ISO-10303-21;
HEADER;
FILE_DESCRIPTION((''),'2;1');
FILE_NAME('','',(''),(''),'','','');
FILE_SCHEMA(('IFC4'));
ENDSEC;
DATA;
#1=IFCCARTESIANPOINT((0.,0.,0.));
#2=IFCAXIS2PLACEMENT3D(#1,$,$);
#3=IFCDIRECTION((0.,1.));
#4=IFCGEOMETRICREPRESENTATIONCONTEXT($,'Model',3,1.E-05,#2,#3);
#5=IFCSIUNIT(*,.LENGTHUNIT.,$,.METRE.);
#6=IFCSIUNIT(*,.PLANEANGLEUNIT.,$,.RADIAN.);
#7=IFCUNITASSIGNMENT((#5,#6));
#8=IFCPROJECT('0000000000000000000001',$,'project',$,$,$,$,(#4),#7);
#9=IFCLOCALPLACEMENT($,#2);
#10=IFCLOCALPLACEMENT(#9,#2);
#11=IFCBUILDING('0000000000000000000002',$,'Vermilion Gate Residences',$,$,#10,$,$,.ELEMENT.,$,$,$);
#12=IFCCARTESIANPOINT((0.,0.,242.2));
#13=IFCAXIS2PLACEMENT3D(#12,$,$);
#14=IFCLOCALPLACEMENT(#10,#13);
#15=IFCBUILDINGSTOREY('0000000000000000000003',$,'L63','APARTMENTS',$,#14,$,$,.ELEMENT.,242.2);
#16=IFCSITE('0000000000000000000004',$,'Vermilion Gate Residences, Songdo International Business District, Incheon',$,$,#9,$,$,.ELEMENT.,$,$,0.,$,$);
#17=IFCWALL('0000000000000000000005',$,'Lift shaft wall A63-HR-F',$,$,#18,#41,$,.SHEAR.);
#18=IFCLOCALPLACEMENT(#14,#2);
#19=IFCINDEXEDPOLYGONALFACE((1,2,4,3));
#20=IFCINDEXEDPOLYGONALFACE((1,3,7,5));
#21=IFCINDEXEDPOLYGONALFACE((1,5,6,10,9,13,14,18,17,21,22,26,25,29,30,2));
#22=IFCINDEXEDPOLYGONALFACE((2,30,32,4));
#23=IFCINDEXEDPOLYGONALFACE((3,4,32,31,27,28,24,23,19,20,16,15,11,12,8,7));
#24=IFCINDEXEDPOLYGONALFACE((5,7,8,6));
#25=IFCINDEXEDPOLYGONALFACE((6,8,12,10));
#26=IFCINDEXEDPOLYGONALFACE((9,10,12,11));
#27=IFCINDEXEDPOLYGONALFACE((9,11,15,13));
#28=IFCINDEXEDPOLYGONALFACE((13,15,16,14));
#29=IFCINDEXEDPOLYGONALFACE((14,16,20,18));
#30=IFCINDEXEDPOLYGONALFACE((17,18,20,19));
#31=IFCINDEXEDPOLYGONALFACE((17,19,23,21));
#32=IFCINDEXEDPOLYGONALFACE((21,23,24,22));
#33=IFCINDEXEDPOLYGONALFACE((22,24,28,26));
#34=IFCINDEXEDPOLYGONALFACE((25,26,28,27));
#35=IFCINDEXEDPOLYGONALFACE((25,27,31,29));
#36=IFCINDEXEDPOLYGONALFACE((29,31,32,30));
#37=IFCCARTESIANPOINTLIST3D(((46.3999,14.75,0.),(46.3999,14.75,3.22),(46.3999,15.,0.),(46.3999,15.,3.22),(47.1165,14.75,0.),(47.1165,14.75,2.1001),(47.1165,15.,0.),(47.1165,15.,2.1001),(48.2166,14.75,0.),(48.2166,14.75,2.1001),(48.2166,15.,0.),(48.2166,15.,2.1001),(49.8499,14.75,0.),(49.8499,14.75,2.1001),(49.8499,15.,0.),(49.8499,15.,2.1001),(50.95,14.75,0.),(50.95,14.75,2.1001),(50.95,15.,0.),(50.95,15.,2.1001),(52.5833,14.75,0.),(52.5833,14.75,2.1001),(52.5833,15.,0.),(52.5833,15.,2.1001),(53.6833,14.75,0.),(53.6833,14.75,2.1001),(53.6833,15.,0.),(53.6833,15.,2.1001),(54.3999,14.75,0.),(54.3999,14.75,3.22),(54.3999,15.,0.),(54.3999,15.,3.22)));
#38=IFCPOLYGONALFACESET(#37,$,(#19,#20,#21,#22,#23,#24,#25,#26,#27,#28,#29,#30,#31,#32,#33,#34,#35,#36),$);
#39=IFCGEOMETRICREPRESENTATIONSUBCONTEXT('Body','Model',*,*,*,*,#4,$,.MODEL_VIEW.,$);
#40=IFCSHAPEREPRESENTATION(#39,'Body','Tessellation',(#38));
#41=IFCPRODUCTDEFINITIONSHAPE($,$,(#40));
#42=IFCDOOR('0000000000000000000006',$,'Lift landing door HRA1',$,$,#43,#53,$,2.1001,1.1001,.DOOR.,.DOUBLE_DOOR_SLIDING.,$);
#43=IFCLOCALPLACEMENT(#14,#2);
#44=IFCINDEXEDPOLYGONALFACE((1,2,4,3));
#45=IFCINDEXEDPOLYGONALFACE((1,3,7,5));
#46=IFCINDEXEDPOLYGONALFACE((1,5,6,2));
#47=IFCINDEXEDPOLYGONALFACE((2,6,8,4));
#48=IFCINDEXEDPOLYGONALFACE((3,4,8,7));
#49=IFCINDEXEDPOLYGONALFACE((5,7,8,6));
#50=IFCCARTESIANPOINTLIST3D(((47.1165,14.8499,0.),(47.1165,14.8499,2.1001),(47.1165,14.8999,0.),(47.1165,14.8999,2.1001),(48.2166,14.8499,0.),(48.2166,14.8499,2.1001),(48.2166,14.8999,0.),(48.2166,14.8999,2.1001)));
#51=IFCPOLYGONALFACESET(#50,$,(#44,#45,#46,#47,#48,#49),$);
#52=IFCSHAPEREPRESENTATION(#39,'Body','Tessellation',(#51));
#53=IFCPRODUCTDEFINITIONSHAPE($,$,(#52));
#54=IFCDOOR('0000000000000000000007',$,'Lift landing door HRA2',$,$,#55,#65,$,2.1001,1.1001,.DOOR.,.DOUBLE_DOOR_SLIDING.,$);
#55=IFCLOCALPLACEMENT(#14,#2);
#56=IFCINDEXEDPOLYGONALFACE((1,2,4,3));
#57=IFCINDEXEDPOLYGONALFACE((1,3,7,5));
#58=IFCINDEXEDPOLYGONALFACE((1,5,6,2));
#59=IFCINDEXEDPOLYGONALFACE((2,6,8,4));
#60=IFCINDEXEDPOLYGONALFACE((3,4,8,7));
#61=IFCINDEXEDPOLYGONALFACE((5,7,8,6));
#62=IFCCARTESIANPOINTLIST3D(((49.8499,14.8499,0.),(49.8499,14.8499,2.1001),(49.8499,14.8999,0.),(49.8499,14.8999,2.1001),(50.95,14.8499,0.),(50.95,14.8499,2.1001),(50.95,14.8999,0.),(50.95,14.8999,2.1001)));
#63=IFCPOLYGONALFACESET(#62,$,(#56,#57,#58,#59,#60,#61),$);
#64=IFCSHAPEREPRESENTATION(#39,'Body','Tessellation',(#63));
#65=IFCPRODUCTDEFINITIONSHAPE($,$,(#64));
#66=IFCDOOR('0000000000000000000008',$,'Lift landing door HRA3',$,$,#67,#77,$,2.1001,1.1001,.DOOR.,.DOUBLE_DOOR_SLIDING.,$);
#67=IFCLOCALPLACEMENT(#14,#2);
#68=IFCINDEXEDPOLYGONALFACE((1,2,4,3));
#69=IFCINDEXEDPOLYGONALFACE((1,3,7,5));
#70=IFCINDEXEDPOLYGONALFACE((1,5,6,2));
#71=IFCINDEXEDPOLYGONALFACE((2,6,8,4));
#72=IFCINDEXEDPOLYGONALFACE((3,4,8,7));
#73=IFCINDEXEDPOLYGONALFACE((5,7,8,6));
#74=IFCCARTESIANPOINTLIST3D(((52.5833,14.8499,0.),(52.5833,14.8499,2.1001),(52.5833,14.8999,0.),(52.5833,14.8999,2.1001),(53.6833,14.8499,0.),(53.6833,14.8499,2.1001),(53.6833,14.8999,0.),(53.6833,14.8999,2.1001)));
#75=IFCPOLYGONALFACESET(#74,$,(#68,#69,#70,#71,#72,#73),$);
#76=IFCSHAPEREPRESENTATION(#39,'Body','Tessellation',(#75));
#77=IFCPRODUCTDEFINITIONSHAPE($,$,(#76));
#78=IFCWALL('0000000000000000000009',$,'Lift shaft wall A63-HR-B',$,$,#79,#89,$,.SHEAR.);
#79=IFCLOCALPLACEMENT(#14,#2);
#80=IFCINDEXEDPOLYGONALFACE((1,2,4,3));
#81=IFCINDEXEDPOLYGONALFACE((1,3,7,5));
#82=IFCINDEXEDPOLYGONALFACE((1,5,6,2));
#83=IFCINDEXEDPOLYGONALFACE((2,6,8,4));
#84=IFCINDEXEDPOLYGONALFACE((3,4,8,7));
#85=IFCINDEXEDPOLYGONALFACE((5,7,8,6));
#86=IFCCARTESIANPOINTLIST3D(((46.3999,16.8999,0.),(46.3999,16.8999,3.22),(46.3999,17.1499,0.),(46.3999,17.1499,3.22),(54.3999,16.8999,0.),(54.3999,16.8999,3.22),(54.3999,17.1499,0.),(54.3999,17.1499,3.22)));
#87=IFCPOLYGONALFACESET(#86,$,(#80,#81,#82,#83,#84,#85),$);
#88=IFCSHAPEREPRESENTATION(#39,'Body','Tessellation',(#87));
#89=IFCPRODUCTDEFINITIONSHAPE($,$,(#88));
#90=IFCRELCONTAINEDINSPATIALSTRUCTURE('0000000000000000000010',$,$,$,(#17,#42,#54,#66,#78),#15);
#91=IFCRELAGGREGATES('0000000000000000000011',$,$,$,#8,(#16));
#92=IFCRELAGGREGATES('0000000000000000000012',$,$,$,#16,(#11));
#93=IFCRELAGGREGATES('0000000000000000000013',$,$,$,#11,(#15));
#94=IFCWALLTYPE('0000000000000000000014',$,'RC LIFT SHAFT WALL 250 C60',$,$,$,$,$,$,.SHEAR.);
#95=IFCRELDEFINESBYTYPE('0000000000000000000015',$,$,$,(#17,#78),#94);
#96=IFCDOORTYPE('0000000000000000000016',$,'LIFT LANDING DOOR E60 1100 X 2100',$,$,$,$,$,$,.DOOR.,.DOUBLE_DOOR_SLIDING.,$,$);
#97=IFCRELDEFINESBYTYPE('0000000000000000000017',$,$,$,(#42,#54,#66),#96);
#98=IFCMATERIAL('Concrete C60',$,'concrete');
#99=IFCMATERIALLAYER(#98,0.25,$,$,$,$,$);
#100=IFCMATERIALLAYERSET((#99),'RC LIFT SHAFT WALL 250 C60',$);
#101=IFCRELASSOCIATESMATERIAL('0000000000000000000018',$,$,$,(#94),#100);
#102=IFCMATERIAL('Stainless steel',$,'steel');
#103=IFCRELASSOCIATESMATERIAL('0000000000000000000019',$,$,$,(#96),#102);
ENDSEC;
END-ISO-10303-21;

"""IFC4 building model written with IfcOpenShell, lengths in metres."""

from ifc_helpers import new_model, si_unit, direction, frame, frame_2d, origin, place, context, subcontext, project, spatial, rectangle, extrude, material, layer, layer_set, type_object, element, fill, save


model = new_model("IFC4")

# Units and contexts
model_context = context("Model", 3, precision=1e-05, world=origin(), true_north=direction((0.0, 1.0)))
body_context = subcontext(model_context, "Body", "Model", "MODEL_VIEW")
ifc_project = project(units=[si_unit("LENGTHUNIT", "METRE"), si_unit("PLANEANGLEUNIT", "RADIAN")], contexts=[model_context])

# Site, building, storey
site_placement = place(None, origin())
site = spatial("IfcSite", under=ifc_project, at=site_placement, Name="Vermilion Gate Residences, Songdo International Business District, Incheon", CompositionType="ELEMENT", RefElevation=0.0)
building_placement = place(site_placement, origin())
building = spatial("IfcBuilding", under=site, at=building_placement, Name="Vermilion Gate Residences", CompositionType="ELEMENT")
storey_placement = place(building_placement, frame((0.0, 0.0, 242.2)))
storey = spatial("IfcBuildingStorey", under=building, at=storey_placement, Name="L63", Description="APARTMENTS", CompositionType="ELEMENT", Elevation=242.2)

# Wall, openings, doors
ifc_material_1 = material(Name="Concrete C60", Category="concrete")
ifc_layer_1 = layer(ifc_material_1, 0.25)
ifc_layer_set_1 = layer_set([ifc_layer_1], Name="RC LIFT SHAFT WALL 250 C60")
wall_type_1 = type_object("IfcWallType", Name="RC LIFT SHAFT WALL 250 C60", PredefinedType="SHEAR", material=ifc_layer_set_1)
wall_1_placement = place(storey_placement, frame((46.3999, 14.875, 0.0), z_axis=(0.0, 0.0, 1.0), x_axis=(1.0, 0.0, 0.0)))
wall_1 = element("IfcWall", 1, at=wall_1_placement, inside=storey, type_object=wall_type_1, Name="Lift shaft wall A63-HR-F", PredefinedType="SHEAR", context=body_context, shape_type="SweptSolid", body=[
    extrude(rectangle(XDim=8.0, YDim=0.25, at=frame_2d((4.0, 0.0))), origin(), (0.0, 0.0, 1.0), 3.22),
])
opening_1_placement = place(wall_1_placement, frame((0.7166, 0.0, 0.0)))
opening_1 = element("IfcOpeningElement", 2, at=opening_1_placement, cuts=wall_1, PredefinedType="OPENING", context=body_context, shape_type="SweptSolid", body=[
    extrude(rectangle(XDim=1.1001, YDim=2.1001, at=frame_2d((0.55, 1.05))), frame((0.0, 0.135, 0.0), z_axis=(0.0, -1.0, 0.0), x_axis=(1.0, 0.0, 0.0)), (0.0, 0.0, 1.0), 0.27),
])
opening_2_placement = place(wall_1_placement, frame((3.45, 0.0, 0.0)))
opening_2 = element("IfcOpeningElement", 3, at=opening_2_placement, cuts=wall_1, PredefinedType="OPENING", context=body_context, shape_type="SweptSolid", body=[
    extrude(rectangle(XDim=1.1001, YDim=2.1001, at=frame_2d((0.55, 1.05))), frame((0.0, 0.135, 0.0), z_axis=(0.0, -1.0, 0.0), x_axis=(1.0, 0.0, 0.0)), (0.0, 0.0, 1.0), 0.27),
])
opening_3_placement = place(wall_1_placement, frame((6.1833, 0.0, 0.0)))
opening_3 = element("IfcOpeningElement", 4, at=opening_3_placement, cuts=wall_1, PredefinedType="OPENING", context=body_context, shape_type="SweptSolid", body=[
    extrude(rectangle(XDim=1.1001, YDim=2.1001, at=frame_2d((0.55, 1.05))), frame((0.0, 0.135, 0.0), z_axis=(0.0, -1.0, 0.0), x_axis=(1.0, 0.0, 0.0)), (0.0, 0.0, 1.0), 0.27),
])
ifc_material_2 = material(Name="Stainless steel", Category="steel")
door_type_1 = type_object("IfcDoorType", Name="LIFT LANDING DOOR E60 1100 X 2100", OperationType="DOUBLE_DOOR_SLIDING", PredefinedType="DOOR", material=ifc_material_2)
door_1_placement = place(opening_1_placement, origin())
door_1 = element("IfcDoor", 5, at=door_1_placement, inside=storey, type_object=door_type_1, Name="Lift landing door HRA1", OperationType="DOUBLE_DOOR_SLIDING", OverallHeight=2.1001, OverallWidth=1.1001, PredefinedType="DOOR", context=body_context, shape_type="SweptSolid", body=[
    extrude(rectangle(XDim=1.1001, YDim=2.1001, at=frame_2d((0.55, 1.05))), frame((0.0, 0.0249, 0.0), z_axis=(0.0, -1.0, 0.0), x_axis=(1.0, 0.0, 0.0)), (0.0, 0.0, 1.0), 0.05),
])
fill(opening_1, door_1)
door_2_placement = place(opening_2_placement, origin())
door_2 = element("IfcDoor", 6, at=door_2_placement, inside=storey, type_object=door_type_1, Name="Lift landing door HRA2", OperationType="DOUBLE_DOOR_SLIDING", OverallHeight=2.1001, OverallWidth=1.1001, PredefinedType="DOOR", context=body_context, shape_type="SweptSolid", body=[
    extrude(rectangle(XDim=1.1001, YDim=2.1001, at=frame_2d((0.55, 1.05))), frame((0.0, 0.0249, 0.0), z_axis=(0.0, -1.0, 0.0), x_axis=(1.0, 0.0, 0.0)), (0.0, 0.0, 1.0), 0.05),
])
fill(opening_2, door_2)
door_3_placement = place(opening_3_placement, origin())
door_3 = element("IfcDoor", 7, at=door_3_placement, inside=storey, type_object=door_type_1, Name="Lift landing door HRA3", OperationType="DOUBLE_DOOR_SLIDING", OverallHeight=2.1001, OverallWidth=1.1001, PredefinedType="DOOR", context=body_context, shape_type="SweptSolid", body=[
    extrude(rectangle(XDim=1.1001, YDim=2.1001, at=frame_2d((0.55, 1.05))), frame((0.0, 0.0249, 0.0), z_axis=(0.0, -1.0, 0.0), x_axis=(1.0, 0.0, 0.0)), (0.0, 0.0, 1.0), 0.05),
])
fill(opening_3, door_3)

# Wall
wall_2_placement = place(storey_placement, frame((46.3999, 17.0249, 0.0), z_axis=(0.0, 0.0, 1.0), x_axis=(1.0, 0.0, 0.0)))
element("IfcWall", 8, at=wall_2_placement, inside=storey, type_object=wall_type_1, Name="Lift shaft wall A63-HR-B", PredefinedType="SHEAR", context=body_context, shape_type="SweptSolid", body=[
    extrude(rectangle(XDim=8.0, YDim=0.25, at=frame_2d((4.0, 0.0))), origin(), (0.0, 0.0, 1.0), 3.22),
])

save(model, "model.ifc")
